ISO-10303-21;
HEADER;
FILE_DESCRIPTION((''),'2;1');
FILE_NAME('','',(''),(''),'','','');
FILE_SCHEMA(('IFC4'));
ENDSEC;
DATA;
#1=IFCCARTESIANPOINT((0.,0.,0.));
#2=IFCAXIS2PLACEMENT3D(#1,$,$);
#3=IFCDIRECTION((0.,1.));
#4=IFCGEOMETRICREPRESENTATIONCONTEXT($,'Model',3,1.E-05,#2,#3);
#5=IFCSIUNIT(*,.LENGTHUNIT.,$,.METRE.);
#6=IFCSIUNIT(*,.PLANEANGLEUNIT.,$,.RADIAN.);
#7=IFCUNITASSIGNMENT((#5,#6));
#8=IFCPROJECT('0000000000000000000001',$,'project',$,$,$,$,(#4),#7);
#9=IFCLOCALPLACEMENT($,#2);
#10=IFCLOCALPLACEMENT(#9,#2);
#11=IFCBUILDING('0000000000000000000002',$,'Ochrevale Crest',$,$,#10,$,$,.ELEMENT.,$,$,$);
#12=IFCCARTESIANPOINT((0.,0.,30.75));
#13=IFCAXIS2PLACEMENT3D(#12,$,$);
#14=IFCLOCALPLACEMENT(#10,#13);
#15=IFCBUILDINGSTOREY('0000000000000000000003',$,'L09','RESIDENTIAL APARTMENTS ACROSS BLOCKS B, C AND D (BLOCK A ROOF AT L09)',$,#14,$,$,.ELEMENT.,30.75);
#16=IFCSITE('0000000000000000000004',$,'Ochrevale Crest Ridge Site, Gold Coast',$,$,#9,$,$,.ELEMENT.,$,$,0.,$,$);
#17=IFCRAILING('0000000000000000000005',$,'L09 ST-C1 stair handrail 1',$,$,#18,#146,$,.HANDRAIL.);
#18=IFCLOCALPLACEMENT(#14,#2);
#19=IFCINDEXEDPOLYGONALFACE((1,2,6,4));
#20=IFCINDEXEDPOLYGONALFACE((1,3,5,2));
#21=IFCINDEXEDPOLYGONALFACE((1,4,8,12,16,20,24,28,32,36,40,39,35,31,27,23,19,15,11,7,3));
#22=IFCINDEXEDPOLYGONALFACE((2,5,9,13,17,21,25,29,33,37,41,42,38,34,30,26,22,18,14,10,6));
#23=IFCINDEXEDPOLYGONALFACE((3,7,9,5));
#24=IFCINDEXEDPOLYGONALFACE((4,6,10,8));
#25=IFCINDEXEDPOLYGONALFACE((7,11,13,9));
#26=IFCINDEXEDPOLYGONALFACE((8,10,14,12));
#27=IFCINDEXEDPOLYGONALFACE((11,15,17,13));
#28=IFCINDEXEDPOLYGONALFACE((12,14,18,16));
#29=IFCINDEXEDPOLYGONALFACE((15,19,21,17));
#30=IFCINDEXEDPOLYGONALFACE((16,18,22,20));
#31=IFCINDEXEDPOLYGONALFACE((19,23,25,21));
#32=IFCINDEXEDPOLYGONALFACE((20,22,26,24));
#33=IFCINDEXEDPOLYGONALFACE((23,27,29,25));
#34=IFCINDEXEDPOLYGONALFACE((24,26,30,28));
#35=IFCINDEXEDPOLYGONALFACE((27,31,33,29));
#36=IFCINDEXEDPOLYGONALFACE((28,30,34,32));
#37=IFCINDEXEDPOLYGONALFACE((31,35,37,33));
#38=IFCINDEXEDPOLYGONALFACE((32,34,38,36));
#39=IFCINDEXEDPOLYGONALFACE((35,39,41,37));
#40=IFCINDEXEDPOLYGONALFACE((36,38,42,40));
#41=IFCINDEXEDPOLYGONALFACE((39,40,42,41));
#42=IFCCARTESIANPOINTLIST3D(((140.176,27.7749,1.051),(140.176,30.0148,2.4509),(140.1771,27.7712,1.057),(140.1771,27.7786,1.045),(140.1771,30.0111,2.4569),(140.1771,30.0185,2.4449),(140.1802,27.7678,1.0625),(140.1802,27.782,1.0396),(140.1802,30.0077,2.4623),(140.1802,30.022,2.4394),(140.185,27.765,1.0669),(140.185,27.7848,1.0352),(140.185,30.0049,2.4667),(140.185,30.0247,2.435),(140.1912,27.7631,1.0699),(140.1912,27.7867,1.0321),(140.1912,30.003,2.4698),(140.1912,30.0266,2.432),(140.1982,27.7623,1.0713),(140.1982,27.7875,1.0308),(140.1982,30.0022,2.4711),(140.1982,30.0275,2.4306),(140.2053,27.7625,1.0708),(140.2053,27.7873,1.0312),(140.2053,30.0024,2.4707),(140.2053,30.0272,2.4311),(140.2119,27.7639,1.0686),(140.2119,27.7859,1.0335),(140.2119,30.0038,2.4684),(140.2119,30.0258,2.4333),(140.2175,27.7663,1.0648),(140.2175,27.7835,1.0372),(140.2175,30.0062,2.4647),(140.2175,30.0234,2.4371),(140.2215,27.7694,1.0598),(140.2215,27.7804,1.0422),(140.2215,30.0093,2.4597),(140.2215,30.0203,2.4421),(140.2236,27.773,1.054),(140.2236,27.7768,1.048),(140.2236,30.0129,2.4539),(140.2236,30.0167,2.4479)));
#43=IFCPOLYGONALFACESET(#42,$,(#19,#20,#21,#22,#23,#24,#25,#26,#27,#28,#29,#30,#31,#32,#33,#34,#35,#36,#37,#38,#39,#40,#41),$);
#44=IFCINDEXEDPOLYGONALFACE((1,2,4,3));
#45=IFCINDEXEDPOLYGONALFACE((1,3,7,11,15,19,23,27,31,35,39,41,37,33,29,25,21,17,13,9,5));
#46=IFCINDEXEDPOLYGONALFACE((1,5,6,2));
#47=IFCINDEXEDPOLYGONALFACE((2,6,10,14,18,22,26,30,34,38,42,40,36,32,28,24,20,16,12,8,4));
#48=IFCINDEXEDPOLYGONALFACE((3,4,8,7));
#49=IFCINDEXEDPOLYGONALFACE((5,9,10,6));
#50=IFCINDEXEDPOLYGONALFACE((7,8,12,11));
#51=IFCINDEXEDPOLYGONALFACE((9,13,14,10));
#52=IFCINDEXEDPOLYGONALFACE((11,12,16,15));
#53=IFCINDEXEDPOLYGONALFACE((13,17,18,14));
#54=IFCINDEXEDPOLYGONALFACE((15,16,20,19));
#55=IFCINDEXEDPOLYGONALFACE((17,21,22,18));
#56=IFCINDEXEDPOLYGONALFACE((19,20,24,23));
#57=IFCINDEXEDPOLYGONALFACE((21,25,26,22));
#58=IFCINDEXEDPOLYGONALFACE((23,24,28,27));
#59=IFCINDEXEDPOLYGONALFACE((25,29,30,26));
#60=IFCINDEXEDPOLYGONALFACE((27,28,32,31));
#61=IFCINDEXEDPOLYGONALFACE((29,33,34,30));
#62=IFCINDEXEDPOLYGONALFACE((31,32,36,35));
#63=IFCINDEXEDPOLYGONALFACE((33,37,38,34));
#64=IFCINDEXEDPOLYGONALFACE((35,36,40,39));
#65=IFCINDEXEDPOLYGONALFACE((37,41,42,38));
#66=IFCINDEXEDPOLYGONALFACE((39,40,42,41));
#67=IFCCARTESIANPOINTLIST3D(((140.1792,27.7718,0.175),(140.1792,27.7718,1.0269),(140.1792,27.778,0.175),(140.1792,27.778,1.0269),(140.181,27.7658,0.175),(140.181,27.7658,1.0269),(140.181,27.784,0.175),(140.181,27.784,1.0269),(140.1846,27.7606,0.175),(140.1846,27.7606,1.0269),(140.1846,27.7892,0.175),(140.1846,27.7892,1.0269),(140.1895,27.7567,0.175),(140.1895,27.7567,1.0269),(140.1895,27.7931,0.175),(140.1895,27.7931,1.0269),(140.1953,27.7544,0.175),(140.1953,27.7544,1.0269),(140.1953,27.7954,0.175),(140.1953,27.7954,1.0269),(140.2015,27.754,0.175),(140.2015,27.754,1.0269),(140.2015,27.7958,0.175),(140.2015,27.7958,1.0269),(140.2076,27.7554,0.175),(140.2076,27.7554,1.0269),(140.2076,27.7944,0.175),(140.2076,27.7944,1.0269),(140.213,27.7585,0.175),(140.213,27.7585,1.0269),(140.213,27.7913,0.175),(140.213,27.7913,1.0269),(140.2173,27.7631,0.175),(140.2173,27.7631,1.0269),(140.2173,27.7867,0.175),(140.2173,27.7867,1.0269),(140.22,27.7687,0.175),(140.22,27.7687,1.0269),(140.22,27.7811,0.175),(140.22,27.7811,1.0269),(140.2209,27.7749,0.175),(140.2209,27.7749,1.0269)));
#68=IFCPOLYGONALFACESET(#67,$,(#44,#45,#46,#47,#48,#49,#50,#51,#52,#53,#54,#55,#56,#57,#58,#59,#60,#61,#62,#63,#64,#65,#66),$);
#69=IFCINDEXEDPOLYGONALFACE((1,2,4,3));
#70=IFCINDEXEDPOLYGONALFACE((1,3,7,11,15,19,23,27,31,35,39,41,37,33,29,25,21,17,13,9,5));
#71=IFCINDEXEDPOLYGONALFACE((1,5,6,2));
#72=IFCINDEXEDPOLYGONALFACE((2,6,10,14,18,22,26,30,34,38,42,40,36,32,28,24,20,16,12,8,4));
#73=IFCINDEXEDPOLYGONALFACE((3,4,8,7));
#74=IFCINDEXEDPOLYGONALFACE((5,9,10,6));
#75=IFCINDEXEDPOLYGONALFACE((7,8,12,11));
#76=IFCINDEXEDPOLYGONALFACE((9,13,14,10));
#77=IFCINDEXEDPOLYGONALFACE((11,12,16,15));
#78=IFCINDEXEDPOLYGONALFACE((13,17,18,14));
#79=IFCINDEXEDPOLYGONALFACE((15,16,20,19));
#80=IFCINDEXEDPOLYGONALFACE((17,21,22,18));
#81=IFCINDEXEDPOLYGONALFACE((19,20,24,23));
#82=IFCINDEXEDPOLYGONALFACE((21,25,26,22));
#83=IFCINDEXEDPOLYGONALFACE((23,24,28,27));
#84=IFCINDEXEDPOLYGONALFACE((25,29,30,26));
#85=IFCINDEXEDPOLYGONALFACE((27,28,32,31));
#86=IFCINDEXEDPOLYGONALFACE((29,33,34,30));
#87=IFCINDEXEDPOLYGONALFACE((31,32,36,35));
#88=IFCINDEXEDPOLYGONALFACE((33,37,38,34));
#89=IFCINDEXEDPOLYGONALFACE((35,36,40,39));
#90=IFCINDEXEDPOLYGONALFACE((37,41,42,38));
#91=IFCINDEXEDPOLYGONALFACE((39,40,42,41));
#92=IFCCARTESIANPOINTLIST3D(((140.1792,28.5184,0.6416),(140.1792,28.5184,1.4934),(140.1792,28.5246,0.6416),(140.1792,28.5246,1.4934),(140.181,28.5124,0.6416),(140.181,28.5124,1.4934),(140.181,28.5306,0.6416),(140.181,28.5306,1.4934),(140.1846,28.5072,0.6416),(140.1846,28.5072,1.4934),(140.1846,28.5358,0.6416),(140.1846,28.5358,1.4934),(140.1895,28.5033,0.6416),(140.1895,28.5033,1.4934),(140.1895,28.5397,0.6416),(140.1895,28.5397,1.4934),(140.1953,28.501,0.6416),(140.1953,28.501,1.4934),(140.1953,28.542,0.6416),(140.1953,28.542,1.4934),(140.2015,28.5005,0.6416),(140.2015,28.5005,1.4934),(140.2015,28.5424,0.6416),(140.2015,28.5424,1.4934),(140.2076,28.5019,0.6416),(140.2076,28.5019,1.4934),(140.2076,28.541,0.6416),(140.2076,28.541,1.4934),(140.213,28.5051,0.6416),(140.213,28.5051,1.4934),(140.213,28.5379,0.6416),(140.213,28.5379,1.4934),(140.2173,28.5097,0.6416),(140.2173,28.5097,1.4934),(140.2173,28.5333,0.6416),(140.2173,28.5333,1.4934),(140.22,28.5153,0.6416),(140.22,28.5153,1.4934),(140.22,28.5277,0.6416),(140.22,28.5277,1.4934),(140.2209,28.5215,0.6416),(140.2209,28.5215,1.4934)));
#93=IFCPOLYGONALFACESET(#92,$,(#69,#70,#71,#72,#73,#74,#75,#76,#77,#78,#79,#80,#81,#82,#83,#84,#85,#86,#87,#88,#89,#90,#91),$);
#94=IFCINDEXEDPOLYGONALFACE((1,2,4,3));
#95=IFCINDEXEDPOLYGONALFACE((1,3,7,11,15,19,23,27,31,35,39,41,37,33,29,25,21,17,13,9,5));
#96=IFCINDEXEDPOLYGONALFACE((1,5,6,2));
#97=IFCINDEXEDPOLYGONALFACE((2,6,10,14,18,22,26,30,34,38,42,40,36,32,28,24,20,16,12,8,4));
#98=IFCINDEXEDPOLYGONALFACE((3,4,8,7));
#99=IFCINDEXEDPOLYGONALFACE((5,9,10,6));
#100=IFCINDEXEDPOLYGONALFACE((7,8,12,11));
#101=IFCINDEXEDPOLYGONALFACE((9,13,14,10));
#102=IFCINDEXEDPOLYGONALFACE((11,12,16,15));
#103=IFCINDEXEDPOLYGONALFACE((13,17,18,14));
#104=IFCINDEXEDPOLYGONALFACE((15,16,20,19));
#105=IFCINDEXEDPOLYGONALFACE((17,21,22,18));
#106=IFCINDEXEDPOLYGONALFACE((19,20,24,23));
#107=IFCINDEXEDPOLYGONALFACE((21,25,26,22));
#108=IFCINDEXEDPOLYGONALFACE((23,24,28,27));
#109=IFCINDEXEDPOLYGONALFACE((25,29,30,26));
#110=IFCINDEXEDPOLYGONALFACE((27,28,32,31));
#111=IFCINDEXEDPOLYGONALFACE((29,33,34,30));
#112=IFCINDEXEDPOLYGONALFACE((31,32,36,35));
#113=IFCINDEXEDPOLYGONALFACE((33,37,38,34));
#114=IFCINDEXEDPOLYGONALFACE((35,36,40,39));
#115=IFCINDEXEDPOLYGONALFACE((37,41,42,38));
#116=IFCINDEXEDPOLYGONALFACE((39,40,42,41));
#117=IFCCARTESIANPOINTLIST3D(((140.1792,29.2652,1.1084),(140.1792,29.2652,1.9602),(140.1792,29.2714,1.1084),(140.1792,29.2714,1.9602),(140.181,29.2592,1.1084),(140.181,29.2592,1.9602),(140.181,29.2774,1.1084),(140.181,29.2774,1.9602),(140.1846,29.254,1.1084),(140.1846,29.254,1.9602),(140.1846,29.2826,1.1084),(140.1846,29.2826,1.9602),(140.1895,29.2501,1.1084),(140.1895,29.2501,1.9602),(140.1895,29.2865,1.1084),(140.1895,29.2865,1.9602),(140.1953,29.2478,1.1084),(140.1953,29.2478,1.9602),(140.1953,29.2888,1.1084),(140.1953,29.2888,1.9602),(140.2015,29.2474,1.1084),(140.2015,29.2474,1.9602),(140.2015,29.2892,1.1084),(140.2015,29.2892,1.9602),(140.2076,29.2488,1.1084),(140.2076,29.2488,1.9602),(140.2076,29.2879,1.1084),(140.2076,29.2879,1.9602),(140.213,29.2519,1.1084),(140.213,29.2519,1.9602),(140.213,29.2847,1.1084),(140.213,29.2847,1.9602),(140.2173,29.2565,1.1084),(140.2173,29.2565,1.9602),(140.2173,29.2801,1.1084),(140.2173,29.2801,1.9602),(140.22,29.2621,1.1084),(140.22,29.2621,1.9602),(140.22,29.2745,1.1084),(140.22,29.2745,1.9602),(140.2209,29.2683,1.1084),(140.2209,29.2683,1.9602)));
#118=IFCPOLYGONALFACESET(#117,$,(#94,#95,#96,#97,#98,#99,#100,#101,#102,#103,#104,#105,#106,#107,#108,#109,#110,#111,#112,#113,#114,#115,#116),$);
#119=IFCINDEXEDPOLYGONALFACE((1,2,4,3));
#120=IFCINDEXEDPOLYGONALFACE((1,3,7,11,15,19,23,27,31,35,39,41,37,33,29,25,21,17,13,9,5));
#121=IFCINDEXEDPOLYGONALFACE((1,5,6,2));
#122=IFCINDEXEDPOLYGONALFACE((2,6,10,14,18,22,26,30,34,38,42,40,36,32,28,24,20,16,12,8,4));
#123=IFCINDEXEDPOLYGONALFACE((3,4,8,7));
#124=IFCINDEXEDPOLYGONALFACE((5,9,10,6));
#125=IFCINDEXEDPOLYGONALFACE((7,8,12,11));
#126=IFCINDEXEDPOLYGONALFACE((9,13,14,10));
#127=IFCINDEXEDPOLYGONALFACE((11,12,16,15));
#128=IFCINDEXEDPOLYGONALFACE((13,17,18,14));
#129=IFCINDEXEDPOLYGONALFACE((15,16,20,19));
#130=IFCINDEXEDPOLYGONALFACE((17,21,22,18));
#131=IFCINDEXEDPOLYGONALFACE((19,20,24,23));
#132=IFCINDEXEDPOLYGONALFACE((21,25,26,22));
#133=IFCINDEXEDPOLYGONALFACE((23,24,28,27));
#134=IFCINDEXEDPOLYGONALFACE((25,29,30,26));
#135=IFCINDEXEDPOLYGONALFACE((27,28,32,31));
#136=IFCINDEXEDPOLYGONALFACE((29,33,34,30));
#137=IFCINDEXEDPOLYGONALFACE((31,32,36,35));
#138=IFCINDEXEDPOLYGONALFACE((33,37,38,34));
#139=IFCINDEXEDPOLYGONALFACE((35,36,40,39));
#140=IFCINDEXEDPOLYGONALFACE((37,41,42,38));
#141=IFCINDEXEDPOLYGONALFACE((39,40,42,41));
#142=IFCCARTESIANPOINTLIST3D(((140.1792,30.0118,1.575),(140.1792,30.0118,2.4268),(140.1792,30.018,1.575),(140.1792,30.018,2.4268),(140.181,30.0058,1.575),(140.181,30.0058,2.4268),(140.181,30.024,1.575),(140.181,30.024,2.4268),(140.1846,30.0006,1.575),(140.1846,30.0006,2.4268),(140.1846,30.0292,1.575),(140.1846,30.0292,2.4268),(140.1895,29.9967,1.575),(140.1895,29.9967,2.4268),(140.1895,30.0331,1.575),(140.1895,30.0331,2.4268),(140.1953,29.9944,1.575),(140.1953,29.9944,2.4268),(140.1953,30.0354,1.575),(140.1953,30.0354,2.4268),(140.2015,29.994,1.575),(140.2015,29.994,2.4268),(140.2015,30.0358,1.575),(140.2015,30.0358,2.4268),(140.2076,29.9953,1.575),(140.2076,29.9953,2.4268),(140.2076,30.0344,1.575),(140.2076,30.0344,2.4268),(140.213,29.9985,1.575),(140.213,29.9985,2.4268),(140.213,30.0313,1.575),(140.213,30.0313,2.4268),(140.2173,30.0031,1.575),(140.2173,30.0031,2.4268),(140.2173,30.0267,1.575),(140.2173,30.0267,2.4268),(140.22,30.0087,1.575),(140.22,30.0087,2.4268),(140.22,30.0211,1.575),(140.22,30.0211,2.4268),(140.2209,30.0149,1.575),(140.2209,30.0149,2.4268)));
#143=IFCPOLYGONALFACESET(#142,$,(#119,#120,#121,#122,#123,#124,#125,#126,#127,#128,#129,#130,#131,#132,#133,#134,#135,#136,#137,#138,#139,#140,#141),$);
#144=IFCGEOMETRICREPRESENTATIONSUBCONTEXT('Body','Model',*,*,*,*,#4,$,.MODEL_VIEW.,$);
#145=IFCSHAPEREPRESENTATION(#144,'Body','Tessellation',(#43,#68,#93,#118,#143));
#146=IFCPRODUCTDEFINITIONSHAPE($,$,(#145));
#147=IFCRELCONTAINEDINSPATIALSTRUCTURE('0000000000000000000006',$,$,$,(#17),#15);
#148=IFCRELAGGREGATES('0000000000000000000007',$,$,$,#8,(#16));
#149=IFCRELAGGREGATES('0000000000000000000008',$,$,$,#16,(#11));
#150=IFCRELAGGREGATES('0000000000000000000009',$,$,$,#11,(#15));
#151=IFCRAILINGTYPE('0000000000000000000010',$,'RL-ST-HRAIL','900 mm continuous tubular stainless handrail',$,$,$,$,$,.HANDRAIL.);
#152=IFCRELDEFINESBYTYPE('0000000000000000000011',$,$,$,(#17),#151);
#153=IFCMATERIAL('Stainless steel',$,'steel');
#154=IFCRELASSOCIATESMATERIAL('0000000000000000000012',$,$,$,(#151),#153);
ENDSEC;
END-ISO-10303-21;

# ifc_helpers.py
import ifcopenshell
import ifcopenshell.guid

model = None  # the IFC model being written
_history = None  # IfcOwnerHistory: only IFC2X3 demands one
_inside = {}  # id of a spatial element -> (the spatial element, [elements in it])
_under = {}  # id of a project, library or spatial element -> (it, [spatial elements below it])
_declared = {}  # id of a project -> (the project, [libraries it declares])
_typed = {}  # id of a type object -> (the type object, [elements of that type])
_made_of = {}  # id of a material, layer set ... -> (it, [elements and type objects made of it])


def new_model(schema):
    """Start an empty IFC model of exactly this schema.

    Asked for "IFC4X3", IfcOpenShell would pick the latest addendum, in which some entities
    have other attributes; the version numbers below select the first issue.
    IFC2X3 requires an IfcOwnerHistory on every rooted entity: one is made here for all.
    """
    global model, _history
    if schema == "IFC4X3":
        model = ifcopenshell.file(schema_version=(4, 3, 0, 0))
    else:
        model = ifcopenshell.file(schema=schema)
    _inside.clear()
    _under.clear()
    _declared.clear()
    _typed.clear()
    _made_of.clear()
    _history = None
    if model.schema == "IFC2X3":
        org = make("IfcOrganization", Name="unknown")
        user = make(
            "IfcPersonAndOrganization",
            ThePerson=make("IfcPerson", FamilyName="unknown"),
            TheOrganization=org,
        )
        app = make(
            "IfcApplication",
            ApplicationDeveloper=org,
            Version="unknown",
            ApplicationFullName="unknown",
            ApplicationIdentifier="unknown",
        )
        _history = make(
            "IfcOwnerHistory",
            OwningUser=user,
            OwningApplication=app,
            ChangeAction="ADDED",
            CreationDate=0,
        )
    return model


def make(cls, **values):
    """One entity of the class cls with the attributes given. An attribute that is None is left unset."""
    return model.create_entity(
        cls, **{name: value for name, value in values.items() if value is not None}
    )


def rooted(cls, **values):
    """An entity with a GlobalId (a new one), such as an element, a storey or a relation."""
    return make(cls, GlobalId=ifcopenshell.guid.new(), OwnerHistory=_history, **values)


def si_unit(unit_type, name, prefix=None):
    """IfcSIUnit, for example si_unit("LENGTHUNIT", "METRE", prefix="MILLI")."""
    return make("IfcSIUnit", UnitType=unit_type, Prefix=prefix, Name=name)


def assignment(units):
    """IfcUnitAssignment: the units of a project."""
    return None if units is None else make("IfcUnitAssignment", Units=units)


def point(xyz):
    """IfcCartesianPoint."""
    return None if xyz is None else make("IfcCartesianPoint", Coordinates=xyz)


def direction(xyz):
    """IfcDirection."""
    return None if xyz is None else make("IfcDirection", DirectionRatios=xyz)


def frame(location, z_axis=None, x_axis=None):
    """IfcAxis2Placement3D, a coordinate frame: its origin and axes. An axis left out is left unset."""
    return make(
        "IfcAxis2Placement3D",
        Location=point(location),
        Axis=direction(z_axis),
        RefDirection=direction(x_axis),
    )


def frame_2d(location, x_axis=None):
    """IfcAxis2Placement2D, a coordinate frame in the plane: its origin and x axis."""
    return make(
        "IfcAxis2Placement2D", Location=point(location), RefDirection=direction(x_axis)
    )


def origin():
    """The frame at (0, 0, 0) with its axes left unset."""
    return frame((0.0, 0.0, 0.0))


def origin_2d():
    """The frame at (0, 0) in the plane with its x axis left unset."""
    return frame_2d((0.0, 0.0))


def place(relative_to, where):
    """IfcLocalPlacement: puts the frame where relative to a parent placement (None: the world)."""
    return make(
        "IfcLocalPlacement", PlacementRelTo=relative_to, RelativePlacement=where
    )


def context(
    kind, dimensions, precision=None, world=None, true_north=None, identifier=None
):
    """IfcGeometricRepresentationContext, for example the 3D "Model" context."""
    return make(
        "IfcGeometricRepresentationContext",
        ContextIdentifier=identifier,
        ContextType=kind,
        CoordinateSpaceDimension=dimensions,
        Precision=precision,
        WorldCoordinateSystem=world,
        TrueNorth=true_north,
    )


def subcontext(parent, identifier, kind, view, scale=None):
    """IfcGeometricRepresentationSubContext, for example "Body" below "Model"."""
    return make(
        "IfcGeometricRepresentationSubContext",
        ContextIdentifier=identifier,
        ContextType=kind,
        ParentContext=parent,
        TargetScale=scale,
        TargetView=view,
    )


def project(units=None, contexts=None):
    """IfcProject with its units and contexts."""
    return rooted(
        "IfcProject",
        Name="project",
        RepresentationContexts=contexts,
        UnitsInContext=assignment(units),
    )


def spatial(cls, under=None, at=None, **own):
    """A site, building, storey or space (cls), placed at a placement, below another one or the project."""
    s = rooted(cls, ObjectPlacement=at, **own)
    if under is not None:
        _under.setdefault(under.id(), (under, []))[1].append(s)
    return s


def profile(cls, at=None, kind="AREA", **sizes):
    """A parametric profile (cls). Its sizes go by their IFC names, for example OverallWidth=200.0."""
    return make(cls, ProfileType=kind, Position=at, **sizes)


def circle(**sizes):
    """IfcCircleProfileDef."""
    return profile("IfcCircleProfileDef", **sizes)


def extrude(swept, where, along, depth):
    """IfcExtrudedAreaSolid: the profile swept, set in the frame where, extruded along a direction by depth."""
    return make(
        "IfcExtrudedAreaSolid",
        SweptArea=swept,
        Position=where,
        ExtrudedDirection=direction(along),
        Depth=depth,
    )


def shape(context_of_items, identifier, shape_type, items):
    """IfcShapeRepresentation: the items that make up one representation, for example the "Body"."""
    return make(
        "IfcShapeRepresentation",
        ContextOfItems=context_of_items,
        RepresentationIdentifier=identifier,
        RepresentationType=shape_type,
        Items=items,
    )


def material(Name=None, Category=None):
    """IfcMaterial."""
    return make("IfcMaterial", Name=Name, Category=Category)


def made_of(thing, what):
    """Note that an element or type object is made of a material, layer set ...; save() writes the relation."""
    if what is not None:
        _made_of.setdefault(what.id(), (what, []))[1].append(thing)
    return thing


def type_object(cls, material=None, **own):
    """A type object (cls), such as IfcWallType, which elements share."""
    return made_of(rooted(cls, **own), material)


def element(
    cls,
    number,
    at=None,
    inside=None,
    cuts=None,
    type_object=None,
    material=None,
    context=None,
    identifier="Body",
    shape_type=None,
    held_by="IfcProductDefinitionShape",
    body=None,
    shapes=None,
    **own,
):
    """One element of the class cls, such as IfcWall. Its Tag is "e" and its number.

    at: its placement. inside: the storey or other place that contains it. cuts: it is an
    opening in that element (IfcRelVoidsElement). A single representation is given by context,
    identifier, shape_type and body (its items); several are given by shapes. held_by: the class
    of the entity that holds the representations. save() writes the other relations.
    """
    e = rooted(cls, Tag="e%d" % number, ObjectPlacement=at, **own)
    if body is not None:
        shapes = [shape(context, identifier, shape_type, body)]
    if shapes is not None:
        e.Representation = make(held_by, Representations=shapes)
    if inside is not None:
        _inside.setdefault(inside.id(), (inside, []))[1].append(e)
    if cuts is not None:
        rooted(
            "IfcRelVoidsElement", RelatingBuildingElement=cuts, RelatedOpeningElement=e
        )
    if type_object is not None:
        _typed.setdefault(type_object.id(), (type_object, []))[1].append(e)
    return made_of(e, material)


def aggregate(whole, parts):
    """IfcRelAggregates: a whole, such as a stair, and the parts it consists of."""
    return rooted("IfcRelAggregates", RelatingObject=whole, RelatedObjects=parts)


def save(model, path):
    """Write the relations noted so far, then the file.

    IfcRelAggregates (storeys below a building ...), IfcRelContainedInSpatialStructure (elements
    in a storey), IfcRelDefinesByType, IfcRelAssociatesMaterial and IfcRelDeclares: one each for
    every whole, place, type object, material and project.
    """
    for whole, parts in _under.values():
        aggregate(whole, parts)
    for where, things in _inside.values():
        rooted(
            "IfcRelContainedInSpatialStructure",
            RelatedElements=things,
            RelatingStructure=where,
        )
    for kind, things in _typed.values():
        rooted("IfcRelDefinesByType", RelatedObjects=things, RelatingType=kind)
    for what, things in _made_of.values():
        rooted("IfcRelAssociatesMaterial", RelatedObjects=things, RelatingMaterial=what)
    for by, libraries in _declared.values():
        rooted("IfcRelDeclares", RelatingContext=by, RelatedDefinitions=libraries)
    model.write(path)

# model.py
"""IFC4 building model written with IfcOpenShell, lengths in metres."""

from ifc_helpers import new_model, si_unit, direction, frame, origin, origin_2d, place, context, subcontext, project, spatial, circle, extrude, material, type_object, element, save


model = new_model("IFC4")

# Units and contexts
model_context = context("Model", 3, precision=1e-05, world=origin(), true_north=direction((0.0, 1.0)))
body_context = subcontext(model_context, "Body", "Model", "MODEL_VIEW")
ifc_project = project(units=[si_unit("LENGTHUNIT", "METRE"), si_unit("PLANEANGLEUNIT", "RADIAN")], contexts=[model_context])

# Site, building, storey
site_placement = place(None, origin())
site = spatial("IfcSite", under=ifc_project, at=site_placement, Name="Ochrevale Crest Ridge Site, Gold Coast", CompositionType="ELEMENT", RefElevation=0.0)
building_placement = place(site_placement, origin())
building = spatial("IfcBuilding", under=site, at=building_placement, Name="Ochrevale Crest", CompositionType="ELEMENT")
storey_placement = place(building_placement, frame((0.0, 0.0, 30.75)))
storey = spatial("IfcBuildingStorey", under=building, at=storey_placement, Name="L09", Description="RESIDENTIAL APARTMENTS ACROSS BLOCKS B, C AND D (BLOCK A ROOF AT L09)", CompositionType="ELEMENT", Elevation=30.75)

# Railing
ifc_material_1 = material(Name="Stainless steel", Category="steel")
railing_type_1 = type_object("IfcRailingType", Name="RL-ST-HRAIL", Description="900 mm continuous tubular stainless handrail", PredefinedType="HANDRAIL", material=ifc_material_1)
railing_1_placement = place(storey_placement, frame((140.2, 27.7749, 0.175)))
element("IfcRailing", 1, at=railing_1_placement, inside=storey, type_object=railing_type_1, Name="L09 ST-C1 stair handrail 1", PredefinedType="HANDRAIL", context=body_context, shape_type="SweptSolid", body=[
    extrude(circle(Radius=0.0239, at=origin_2d()), frame((0.0, 0.0, 0.876), z_axis=(0.0, 0.848014, 0.529974), x_axis=(-1.0, 0.0, 0.0)), (0.0, 0.0, 1.0), 2.6414),
    extrude(circle(Radius=0.021, at=origin_2d()), origin(), (0.0, 0.0, 1.0), 0.8518),
    extrude(circle(Radius=0.021, at=origin_2d()), frame((0.0, 0.7466, 0.4666)), (0.0, 0.0, 1.0), 0.8518),
    extrude(circle(Radius=0.021, at=origin_2d()), frame((0.0, 1.4934, 0.9333)), (0.0, 0.0, 1.0), 0.8518),
    extrude(circle(Radius=0.021, at=origin_2d()), frame((0.0, 2.24, 1.3999)), (0.0, 0.0, 1.0), 0.8518),
])

save(model, "model.ifc")
